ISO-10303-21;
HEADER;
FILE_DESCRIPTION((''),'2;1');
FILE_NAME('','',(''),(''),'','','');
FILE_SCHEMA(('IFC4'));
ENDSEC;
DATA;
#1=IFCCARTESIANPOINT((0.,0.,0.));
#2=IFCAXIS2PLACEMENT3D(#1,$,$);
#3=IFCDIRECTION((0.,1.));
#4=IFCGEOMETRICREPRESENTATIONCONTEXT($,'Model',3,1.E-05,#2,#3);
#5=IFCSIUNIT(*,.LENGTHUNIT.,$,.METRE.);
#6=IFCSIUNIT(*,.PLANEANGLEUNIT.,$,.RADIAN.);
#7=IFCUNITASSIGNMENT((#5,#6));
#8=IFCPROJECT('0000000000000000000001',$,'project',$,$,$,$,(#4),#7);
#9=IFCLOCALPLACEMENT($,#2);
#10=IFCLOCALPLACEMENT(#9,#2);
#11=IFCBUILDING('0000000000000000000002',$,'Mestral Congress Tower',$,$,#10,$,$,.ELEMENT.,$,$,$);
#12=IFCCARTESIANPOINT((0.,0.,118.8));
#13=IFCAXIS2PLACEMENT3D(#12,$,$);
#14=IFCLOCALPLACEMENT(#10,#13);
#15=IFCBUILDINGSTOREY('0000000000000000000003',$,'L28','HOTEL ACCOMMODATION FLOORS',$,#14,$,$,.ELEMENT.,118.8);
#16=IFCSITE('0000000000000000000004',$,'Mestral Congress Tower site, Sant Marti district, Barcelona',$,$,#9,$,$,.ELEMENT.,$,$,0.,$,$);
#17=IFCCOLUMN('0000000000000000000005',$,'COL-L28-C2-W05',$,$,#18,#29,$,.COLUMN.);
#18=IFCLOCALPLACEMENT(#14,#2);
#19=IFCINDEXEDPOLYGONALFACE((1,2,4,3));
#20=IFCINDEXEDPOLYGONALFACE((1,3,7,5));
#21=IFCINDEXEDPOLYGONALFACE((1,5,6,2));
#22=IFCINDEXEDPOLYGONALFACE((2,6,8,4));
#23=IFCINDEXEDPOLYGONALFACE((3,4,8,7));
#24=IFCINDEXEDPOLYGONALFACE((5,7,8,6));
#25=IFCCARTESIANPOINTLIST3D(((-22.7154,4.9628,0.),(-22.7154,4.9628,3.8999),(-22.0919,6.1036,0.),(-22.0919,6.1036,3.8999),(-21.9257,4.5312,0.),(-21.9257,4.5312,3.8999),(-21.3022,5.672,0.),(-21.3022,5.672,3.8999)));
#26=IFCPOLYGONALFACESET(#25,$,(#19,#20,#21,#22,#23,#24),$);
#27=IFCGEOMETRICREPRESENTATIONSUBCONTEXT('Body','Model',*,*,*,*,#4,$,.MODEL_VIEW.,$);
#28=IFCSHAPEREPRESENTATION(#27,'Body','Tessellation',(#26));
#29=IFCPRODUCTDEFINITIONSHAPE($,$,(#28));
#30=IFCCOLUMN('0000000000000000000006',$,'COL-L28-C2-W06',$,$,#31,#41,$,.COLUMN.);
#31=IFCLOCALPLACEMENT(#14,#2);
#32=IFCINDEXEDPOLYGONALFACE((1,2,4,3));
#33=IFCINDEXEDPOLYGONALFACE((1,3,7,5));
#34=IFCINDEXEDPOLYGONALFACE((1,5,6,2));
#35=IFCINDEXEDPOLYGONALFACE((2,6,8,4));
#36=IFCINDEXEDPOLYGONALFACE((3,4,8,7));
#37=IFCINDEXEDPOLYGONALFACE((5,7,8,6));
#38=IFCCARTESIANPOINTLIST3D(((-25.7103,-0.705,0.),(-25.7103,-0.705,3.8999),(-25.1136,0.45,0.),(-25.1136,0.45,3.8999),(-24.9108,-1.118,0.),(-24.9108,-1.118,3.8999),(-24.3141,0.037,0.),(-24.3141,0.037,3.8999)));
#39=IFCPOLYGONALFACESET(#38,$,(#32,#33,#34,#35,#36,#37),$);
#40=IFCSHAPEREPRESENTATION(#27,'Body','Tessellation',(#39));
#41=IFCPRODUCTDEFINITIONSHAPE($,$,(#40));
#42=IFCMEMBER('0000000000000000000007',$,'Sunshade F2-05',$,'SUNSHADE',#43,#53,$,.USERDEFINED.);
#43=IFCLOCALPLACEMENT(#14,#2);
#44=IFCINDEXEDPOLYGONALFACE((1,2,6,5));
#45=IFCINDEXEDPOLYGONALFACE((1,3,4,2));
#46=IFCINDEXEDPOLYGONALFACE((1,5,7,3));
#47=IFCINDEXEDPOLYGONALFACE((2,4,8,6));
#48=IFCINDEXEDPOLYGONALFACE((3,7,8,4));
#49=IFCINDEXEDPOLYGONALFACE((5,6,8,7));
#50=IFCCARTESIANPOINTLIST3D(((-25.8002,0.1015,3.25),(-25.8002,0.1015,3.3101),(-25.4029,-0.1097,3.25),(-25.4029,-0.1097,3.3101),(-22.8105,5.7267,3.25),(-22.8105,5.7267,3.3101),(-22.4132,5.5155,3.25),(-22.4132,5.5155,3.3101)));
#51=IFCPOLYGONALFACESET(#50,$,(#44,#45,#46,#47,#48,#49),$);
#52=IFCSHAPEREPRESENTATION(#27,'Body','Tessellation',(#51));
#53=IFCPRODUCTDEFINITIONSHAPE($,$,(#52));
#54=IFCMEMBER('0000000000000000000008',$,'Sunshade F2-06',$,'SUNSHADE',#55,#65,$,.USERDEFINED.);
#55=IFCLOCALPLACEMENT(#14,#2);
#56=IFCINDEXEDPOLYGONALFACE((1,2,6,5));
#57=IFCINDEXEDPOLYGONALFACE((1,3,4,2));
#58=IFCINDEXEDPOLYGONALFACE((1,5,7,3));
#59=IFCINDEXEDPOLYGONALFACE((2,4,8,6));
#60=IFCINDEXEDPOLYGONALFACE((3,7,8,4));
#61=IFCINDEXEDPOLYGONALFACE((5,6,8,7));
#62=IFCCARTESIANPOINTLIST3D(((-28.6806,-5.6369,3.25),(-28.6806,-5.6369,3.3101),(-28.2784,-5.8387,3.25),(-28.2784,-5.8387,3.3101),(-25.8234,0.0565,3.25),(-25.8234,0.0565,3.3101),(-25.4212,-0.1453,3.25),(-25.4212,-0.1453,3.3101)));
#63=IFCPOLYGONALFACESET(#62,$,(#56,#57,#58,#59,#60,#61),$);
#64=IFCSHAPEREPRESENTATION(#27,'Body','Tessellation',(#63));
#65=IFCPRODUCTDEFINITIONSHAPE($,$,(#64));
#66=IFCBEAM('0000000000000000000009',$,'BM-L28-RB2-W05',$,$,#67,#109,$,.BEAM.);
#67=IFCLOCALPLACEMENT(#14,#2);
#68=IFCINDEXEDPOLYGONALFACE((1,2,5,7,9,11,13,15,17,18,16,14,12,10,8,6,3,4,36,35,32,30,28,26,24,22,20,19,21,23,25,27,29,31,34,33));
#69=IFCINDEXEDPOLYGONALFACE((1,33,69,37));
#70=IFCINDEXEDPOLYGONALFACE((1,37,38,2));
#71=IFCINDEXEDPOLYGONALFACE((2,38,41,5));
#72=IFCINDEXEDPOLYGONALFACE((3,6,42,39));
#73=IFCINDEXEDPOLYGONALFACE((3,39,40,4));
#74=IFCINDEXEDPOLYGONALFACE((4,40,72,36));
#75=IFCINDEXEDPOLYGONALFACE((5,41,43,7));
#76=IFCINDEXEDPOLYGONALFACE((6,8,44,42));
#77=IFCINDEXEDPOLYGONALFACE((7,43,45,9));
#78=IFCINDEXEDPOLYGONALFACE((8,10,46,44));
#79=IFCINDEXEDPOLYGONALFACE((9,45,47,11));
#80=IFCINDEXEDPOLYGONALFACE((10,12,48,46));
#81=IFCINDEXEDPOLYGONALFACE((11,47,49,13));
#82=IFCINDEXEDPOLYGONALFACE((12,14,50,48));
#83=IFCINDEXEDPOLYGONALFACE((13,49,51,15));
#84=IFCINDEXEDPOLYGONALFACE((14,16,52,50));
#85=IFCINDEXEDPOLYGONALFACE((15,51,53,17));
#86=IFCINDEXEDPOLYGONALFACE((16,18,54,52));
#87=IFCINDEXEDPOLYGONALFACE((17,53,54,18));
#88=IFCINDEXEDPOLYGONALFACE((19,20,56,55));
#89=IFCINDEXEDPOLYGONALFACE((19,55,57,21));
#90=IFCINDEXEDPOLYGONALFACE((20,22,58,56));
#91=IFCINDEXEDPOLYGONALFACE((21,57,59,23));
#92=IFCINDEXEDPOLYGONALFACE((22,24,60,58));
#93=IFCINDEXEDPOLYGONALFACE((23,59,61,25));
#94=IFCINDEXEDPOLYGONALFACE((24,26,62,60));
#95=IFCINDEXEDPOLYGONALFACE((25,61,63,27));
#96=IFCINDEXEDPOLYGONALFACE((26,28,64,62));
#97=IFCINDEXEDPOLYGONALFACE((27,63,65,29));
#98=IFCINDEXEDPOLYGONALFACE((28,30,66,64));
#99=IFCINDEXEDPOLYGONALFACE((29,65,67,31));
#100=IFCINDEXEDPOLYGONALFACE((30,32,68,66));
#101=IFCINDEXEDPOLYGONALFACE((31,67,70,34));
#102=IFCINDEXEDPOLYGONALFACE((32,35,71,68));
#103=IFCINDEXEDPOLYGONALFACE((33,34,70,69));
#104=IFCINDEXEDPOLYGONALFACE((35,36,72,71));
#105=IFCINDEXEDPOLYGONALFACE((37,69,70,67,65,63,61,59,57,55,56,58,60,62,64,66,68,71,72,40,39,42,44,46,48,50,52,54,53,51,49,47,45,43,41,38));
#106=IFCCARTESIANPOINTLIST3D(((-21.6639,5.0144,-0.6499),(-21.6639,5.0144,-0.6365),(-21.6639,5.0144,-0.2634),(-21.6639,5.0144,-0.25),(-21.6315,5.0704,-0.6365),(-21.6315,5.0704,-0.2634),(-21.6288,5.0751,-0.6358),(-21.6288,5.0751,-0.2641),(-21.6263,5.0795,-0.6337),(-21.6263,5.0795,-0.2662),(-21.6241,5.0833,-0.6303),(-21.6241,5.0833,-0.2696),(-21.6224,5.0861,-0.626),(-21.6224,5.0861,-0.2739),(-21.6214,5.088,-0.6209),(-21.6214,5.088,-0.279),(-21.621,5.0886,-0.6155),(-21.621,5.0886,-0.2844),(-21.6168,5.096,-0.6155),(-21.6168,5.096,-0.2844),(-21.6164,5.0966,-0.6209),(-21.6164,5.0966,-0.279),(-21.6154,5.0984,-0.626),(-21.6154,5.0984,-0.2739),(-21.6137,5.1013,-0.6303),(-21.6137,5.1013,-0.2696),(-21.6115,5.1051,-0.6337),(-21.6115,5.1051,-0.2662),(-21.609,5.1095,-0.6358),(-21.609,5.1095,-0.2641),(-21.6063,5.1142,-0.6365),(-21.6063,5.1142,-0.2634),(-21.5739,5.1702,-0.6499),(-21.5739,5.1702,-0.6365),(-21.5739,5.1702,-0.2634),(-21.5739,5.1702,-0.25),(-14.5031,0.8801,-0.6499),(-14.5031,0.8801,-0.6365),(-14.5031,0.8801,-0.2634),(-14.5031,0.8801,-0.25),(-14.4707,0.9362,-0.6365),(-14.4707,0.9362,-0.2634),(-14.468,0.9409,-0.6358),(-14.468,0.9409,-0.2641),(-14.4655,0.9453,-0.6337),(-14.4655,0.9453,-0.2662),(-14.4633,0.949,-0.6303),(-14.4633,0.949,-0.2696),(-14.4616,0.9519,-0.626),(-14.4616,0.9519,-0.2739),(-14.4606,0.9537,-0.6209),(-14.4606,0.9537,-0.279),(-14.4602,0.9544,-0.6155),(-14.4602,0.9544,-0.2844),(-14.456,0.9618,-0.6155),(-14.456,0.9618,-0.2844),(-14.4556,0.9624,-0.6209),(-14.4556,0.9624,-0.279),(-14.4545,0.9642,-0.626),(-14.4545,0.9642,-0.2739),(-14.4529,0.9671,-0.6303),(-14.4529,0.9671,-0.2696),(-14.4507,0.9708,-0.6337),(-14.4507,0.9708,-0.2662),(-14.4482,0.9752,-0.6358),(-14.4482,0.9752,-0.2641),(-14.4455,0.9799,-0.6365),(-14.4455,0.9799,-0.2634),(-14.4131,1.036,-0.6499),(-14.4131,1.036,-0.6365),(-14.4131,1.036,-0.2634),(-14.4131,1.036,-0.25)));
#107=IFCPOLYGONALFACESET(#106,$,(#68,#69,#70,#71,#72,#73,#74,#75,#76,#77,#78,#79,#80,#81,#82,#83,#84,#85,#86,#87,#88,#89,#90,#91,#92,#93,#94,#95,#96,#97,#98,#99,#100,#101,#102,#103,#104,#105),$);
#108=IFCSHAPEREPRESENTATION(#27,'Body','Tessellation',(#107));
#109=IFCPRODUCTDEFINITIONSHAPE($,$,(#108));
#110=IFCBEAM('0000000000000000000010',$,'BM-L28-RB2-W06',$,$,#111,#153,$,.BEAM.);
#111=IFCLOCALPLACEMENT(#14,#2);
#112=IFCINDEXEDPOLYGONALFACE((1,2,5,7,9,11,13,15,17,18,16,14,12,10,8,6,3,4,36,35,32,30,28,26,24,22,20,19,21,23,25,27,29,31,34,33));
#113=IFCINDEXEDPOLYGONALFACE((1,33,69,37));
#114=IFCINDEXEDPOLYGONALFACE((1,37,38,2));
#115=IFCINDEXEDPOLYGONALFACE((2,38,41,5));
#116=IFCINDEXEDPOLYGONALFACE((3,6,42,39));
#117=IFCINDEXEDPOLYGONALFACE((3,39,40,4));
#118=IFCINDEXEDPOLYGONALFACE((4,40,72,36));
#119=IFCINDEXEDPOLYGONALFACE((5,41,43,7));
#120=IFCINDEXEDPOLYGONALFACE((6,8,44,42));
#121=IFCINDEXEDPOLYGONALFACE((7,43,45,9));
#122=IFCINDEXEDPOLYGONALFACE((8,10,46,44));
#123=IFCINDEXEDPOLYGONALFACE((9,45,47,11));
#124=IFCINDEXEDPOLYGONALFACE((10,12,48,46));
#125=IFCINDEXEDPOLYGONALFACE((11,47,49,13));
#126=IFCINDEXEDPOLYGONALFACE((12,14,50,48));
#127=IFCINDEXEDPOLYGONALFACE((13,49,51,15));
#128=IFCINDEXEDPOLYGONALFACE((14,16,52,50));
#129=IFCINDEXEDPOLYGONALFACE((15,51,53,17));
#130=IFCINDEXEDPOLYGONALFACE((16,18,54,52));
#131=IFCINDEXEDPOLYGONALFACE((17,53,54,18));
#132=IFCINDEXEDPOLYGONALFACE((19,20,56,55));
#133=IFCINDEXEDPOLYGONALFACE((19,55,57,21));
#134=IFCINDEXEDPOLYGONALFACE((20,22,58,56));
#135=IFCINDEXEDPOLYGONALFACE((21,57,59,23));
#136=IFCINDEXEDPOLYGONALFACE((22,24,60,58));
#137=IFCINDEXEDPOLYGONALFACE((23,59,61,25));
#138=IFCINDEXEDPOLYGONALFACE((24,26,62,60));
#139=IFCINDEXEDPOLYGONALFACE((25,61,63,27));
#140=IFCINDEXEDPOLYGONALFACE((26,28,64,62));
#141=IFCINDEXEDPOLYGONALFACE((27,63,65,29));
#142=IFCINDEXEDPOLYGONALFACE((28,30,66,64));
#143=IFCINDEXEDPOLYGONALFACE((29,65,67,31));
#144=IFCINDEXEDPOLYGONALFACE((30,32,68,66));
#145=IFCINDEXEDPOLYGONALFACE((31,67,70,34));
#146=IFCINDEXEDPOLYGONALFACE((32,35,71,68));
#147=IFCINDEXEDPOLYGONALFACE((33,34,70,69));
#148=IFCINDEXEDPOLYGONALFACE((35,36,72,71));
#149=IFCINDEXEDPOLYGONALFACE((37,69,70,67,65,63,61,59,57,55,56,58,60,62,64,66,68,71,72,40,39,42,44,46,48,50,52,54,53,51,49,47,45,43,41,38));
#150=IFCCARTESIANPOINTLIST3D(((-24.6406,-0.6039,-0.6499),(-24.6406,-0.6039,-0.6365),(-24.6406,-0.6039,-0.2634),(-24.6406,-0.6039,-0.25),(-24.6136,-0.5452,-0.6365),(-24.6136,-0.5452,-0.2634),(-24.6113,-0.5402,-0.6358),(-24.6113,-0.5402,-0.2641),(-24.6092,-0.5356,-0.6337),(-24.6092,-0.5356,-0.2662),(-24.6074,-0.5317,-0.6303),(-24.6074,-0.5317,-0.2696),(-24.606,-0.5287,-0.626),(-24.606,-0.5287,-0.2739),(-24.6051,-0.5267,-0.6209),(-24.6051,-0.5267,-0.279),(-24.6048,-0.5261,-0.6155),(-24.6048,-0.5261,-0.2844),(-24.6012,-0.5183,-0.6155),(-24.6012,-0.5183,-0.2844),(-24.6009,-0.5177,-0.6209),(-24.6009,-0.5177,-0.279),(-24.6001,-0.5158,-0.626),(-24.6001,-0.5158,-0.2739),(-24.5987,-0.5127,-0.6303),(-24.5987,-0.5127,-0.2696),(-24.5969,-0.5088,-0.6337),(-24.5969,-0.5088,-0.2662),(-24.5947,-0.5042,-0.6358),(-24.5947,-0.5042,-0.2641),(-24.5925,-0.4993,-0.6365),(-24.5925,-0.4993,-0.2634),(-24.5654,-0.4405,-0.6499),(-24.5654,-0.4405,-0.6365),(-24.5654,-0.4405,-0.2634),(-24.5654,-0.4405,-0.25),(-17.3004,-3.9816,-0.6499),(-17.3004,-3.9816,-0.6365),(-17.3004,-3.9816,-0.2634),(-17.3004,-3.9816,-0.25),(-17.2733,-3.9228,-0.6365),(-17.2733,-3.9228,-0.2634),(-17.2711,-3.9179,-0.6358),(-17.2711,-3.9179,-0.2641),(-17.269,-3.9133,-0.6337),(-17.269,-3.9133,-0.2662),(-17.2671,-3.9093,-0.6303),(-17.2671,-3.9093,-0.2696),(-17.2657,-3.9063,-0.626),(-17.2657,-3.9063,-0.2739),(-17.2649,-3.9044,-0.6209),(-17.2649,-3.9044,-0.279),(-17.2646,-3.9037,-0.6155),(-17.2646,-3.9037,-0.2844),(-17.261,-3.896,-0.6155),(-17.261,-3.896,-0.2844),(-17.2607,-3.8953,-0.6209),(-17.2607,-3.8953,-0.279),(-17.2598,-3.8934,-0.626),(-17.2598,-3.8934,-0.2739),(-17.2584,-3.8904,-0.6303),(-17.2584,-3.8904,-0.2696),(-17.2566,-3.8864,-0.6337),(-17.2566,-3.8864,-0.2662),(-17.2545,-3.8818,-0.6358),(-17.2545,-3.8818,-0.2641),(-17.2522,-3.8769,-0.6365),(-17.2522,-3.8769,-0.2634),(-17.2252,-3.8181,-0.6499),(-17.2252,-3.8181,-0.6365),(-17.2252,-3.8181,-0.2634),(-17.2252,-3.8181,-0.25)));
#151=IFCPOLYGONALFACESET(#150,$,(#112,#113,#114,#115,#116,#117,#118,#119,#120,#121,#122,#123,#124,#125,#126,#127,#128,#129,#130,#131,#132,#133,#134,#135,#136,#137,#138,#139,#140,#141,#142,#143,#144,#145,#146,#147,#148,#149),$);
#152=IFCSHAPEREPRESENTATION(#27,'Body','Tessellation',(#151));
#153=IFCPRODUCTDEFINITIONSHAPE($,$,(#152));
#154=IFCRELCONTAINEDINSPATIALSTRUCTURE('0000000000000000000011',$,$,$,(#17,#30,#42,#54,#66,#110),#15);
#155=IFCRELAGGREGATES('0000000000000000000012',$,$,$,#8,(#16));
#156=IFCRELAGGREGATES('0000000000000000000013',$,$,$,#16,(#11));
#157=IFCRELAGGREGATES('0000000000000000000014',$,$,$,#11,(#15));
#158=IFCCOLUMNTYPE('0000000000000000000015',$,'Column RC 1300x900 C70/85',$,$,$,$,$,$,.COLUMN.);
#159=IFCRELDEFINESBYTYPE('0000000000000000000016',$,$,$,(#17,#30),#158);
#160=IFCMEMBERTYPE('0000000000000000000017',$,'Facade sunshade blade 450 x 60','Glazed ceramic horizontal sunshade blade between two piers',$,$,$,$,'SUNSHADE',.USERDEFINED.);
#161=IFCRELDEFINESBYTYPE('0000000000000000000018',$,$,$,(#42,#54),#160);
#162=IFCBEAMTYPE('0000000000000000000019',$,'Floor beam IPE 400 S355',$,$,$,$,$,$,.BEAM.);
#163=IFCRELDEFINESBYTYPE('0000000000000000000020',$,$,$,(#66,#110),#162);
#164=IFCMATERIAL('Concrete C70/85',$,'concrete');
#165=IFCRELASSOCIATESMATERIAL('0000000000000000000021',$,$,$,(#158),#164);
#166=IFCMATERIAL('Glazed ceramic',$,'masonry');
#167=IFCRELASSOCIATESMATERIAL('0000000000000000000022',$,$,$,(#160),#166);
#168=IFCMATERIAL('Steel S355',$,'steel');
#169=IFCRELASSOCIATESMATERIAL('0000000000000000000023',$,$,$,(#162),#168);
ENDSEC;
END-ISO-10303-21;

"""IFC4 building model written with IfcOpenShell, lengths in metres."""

from ifc_helpers import new_model, si_unit, direction, frame, origin, origin_2d, place, context, subcontext, project, spatial, rectangle, i_section, extrude, material, material_profile, profile_set, type_object, element, save


model = new_model("IFC4")

# Units and contexts
model_context = context("Model", 3, precision=1e-05, world=origin(), true_north=direction((0.0, 1.0)))
body_context = subcontext(model_context, "Body", "Model", "MODEL_VIEW")
ifc_project = project(units=[si_unit("LENGTHUNIT", "METRE"), si_unit("PLANEANGLEUNIT", "RADIAN")], contexts=[model_context])

# Site, building, storey
site_placement = place(None, origin())
site = spatial("IfcSite", under=ifc_project, at=site_placement, Name="Mestral Congress Tower site, Sant Marti district, Barcelona", CompositionType="ELEMENT", RefElevation=0.0)
building_placement = place(site_placement, origin())
building = spatial("IfcBuilding", under=site, at=building_placement, Name="Mestral Congress Tower", CompositionType="ELEMENT")
storey_placement = place(building_placement, frame((0.0, 0.0, 118.8)))
storey = spatial("IfcBuildingStorey", under=building, at=storey_placement, Name="L28", Description="HOTEL ACCOMMODATION FLOORS", CompositionType="ELEMENT", Elevation=118.8)

# Columns
ifc_material_1 = material(Name="Concrete C70/85", Category="concrete")
ifc_material_profile_1 = material_profile(ifc_material_1, rectangle(XDim=1.3, YDim=0.8999, at=origin_2d()), Name="RC 1300x900")
ifc_profile_set_1 = profile_set([ifc_material_profile_1], Name="Concrete C70/85")
column_type = type_object("IfcColumnType", Name="Column RC 1300x900 C70/85", PredefinedType="COLUMN", material=ifc_profile_set_1)
for number, where, z_axis, x_axis, name in (
    (1, (-22.0088, 5.3174, 0.0), (0.0, 0.0, 1.0), (-0.479613, -0.87748, 0.0), "COL-L28-C2-W05"),
    (2, (-25.0122, -0.334, 0.0), (0.0, 0.0, 1.0), (-0.458961, -0.888456, 0.0), "COL-L28-C2-W06"),
):
    element("IfcColumn", number, at=place(storey_placement, frame(where, z_axis=z_axis, x_axis=x_axis)), inside=storey, type_object=column_type, Name=name, PredefinedType="COLUMN", context=body_context, shape_type="SweptSolid", body=[
        extrude(rectangle(XDim=1.3, YDim=0.8999, at=origin_2d()), origin(), (0.0, 0.0, 1.0), 3.8999),
    ])

# Members
ifc_material_2 = material(Name="Glazed ceramic", Category="masonry")
ifc_material_profile_2 = material_profile(ifc_material_2, rectangle(XDim=0.45, YDim=0.0601, at=origin_2d()), Name="Ceramic blade 450 x 60")
ifc_profile_set_2 = profile_set([ifc_material_profile_2], Name="Glazed ceramic")
member_type = type_object("IfcMemberType", Name="Facade sunshade blade 450 x 60", Description="Glazed ceramic horizontal sunshade blade between two piers", ElementType="SUNSHADE", PredefinedType="USERDEFINED", material=ifc_profile_set_2)
member_1_placement = place(storey_placement, frame((-22.6118, 5.6211, 3.28), z_axis=(-0.469319, -0.883029, 0.0), x_axis=(0.883029, -0.469319, 0.0)))
element("IfcMember", 3, at=member_1_placement, inside=storey, type_object=member_type, Name="Sunshade F2-05", ObjectType="SUNSHADE", PredefinedType="USERDEFINED", context=body_context, shape_type="SweptSolid", body=[
    extrude(rectangle(XDim=0.45, YDim=0.0601, at=origin_2d()), origin(), (0.0, 0.0, 1.0), 6.3704),
])
member_2_placement = place(storey_placement, frame((-25.6223, -0.0444, 3.28), z_axis=(-0.448532, -0.893767, 0.0), x_axis=(0.893767, -0.448532, 0.0)))
element("IfcMember", 4, at=member_2_placement, inside=storey, type_object=member_type, Name="Sunshade F2-06", ObjectType="SUNSHADE", PredefinedType="USERDEFINED", context=body_context, shape_type="SweptSolid", body=[
    extrude(rectangle(XDim=0.45, YDim=0.0601, at=origin_2d()), origin(), (0.0, 0.0, 1.0), 6.3701),
])

# Beams
ifc_material_3 = material(Name="Steel S355", Category="steel")
ifc_material_profile_3 = material_profile(ifc_material_3, i_section(OverallWidth=0.1799, OverallDepth=0.3999, WebThickness=0.0085, FlangeThickness=0.0134, FilletRadius=0.021, at=origin_2d()), Name="IPE 400")
ifc_profile_set_3 = profile_set([ifc_material_profile_3], Name="Steel S355")
beam_type_1 = type_object("IfcBeamType", Name="Floor beam IPE 400 S355", PredefinedType="BEAM", material=ifc_profile_set_3)
beam_1_placement = place(storey_placement, frame((-21.6189, 5.0923, -0.45), z_axis=(0.866029, -0.499994, 0.0), x_axis=(0.499994, 0.866029, 0.0)))
element("IfcBeam", 5, at=beam_1_placement, inside=storey, type_object=beam_type_1, Name="BM-L28-RB2-W05", PredefinedType="BEAM", context=body_context, shape_type="SweptSolid", body=[
    extrude(i_section(OverallWidth=0.1799, OverallDepth=0.3999, WebThickness=0.0085, FlangeThickness=0.0134, FilletRadius=0.021, at=origin_2d()), origin(), (0.0, 0.0, 1.0), 8.2686),
])
beam_2_placement = place(storey_placement, frame((-24.603, -0.5222, -0.45), z_axis=(0.908437, -0.418021, 0.0), x_axis=(0.418021, 0.908437, 0.0)))
element("IfcBeam", 6, at=beam_2_placement, inside=storey, type_object=beam_type_1, Name="BM-L28-RB2-W06", PredefinedType="BEAM", context=body_context, shape_type="SweptSolid", body=[
    extrude(i_section(OverallWidth=0.1799, OverallDepth=0.3999, WebThickness=0.0085, FlangeThickness=0.0134, FilletRadius=0.021, at=origin_2d()), origin(), (0.0, 0.0, 1.0), 8.0801),
])

save(model, "model.ifc")
